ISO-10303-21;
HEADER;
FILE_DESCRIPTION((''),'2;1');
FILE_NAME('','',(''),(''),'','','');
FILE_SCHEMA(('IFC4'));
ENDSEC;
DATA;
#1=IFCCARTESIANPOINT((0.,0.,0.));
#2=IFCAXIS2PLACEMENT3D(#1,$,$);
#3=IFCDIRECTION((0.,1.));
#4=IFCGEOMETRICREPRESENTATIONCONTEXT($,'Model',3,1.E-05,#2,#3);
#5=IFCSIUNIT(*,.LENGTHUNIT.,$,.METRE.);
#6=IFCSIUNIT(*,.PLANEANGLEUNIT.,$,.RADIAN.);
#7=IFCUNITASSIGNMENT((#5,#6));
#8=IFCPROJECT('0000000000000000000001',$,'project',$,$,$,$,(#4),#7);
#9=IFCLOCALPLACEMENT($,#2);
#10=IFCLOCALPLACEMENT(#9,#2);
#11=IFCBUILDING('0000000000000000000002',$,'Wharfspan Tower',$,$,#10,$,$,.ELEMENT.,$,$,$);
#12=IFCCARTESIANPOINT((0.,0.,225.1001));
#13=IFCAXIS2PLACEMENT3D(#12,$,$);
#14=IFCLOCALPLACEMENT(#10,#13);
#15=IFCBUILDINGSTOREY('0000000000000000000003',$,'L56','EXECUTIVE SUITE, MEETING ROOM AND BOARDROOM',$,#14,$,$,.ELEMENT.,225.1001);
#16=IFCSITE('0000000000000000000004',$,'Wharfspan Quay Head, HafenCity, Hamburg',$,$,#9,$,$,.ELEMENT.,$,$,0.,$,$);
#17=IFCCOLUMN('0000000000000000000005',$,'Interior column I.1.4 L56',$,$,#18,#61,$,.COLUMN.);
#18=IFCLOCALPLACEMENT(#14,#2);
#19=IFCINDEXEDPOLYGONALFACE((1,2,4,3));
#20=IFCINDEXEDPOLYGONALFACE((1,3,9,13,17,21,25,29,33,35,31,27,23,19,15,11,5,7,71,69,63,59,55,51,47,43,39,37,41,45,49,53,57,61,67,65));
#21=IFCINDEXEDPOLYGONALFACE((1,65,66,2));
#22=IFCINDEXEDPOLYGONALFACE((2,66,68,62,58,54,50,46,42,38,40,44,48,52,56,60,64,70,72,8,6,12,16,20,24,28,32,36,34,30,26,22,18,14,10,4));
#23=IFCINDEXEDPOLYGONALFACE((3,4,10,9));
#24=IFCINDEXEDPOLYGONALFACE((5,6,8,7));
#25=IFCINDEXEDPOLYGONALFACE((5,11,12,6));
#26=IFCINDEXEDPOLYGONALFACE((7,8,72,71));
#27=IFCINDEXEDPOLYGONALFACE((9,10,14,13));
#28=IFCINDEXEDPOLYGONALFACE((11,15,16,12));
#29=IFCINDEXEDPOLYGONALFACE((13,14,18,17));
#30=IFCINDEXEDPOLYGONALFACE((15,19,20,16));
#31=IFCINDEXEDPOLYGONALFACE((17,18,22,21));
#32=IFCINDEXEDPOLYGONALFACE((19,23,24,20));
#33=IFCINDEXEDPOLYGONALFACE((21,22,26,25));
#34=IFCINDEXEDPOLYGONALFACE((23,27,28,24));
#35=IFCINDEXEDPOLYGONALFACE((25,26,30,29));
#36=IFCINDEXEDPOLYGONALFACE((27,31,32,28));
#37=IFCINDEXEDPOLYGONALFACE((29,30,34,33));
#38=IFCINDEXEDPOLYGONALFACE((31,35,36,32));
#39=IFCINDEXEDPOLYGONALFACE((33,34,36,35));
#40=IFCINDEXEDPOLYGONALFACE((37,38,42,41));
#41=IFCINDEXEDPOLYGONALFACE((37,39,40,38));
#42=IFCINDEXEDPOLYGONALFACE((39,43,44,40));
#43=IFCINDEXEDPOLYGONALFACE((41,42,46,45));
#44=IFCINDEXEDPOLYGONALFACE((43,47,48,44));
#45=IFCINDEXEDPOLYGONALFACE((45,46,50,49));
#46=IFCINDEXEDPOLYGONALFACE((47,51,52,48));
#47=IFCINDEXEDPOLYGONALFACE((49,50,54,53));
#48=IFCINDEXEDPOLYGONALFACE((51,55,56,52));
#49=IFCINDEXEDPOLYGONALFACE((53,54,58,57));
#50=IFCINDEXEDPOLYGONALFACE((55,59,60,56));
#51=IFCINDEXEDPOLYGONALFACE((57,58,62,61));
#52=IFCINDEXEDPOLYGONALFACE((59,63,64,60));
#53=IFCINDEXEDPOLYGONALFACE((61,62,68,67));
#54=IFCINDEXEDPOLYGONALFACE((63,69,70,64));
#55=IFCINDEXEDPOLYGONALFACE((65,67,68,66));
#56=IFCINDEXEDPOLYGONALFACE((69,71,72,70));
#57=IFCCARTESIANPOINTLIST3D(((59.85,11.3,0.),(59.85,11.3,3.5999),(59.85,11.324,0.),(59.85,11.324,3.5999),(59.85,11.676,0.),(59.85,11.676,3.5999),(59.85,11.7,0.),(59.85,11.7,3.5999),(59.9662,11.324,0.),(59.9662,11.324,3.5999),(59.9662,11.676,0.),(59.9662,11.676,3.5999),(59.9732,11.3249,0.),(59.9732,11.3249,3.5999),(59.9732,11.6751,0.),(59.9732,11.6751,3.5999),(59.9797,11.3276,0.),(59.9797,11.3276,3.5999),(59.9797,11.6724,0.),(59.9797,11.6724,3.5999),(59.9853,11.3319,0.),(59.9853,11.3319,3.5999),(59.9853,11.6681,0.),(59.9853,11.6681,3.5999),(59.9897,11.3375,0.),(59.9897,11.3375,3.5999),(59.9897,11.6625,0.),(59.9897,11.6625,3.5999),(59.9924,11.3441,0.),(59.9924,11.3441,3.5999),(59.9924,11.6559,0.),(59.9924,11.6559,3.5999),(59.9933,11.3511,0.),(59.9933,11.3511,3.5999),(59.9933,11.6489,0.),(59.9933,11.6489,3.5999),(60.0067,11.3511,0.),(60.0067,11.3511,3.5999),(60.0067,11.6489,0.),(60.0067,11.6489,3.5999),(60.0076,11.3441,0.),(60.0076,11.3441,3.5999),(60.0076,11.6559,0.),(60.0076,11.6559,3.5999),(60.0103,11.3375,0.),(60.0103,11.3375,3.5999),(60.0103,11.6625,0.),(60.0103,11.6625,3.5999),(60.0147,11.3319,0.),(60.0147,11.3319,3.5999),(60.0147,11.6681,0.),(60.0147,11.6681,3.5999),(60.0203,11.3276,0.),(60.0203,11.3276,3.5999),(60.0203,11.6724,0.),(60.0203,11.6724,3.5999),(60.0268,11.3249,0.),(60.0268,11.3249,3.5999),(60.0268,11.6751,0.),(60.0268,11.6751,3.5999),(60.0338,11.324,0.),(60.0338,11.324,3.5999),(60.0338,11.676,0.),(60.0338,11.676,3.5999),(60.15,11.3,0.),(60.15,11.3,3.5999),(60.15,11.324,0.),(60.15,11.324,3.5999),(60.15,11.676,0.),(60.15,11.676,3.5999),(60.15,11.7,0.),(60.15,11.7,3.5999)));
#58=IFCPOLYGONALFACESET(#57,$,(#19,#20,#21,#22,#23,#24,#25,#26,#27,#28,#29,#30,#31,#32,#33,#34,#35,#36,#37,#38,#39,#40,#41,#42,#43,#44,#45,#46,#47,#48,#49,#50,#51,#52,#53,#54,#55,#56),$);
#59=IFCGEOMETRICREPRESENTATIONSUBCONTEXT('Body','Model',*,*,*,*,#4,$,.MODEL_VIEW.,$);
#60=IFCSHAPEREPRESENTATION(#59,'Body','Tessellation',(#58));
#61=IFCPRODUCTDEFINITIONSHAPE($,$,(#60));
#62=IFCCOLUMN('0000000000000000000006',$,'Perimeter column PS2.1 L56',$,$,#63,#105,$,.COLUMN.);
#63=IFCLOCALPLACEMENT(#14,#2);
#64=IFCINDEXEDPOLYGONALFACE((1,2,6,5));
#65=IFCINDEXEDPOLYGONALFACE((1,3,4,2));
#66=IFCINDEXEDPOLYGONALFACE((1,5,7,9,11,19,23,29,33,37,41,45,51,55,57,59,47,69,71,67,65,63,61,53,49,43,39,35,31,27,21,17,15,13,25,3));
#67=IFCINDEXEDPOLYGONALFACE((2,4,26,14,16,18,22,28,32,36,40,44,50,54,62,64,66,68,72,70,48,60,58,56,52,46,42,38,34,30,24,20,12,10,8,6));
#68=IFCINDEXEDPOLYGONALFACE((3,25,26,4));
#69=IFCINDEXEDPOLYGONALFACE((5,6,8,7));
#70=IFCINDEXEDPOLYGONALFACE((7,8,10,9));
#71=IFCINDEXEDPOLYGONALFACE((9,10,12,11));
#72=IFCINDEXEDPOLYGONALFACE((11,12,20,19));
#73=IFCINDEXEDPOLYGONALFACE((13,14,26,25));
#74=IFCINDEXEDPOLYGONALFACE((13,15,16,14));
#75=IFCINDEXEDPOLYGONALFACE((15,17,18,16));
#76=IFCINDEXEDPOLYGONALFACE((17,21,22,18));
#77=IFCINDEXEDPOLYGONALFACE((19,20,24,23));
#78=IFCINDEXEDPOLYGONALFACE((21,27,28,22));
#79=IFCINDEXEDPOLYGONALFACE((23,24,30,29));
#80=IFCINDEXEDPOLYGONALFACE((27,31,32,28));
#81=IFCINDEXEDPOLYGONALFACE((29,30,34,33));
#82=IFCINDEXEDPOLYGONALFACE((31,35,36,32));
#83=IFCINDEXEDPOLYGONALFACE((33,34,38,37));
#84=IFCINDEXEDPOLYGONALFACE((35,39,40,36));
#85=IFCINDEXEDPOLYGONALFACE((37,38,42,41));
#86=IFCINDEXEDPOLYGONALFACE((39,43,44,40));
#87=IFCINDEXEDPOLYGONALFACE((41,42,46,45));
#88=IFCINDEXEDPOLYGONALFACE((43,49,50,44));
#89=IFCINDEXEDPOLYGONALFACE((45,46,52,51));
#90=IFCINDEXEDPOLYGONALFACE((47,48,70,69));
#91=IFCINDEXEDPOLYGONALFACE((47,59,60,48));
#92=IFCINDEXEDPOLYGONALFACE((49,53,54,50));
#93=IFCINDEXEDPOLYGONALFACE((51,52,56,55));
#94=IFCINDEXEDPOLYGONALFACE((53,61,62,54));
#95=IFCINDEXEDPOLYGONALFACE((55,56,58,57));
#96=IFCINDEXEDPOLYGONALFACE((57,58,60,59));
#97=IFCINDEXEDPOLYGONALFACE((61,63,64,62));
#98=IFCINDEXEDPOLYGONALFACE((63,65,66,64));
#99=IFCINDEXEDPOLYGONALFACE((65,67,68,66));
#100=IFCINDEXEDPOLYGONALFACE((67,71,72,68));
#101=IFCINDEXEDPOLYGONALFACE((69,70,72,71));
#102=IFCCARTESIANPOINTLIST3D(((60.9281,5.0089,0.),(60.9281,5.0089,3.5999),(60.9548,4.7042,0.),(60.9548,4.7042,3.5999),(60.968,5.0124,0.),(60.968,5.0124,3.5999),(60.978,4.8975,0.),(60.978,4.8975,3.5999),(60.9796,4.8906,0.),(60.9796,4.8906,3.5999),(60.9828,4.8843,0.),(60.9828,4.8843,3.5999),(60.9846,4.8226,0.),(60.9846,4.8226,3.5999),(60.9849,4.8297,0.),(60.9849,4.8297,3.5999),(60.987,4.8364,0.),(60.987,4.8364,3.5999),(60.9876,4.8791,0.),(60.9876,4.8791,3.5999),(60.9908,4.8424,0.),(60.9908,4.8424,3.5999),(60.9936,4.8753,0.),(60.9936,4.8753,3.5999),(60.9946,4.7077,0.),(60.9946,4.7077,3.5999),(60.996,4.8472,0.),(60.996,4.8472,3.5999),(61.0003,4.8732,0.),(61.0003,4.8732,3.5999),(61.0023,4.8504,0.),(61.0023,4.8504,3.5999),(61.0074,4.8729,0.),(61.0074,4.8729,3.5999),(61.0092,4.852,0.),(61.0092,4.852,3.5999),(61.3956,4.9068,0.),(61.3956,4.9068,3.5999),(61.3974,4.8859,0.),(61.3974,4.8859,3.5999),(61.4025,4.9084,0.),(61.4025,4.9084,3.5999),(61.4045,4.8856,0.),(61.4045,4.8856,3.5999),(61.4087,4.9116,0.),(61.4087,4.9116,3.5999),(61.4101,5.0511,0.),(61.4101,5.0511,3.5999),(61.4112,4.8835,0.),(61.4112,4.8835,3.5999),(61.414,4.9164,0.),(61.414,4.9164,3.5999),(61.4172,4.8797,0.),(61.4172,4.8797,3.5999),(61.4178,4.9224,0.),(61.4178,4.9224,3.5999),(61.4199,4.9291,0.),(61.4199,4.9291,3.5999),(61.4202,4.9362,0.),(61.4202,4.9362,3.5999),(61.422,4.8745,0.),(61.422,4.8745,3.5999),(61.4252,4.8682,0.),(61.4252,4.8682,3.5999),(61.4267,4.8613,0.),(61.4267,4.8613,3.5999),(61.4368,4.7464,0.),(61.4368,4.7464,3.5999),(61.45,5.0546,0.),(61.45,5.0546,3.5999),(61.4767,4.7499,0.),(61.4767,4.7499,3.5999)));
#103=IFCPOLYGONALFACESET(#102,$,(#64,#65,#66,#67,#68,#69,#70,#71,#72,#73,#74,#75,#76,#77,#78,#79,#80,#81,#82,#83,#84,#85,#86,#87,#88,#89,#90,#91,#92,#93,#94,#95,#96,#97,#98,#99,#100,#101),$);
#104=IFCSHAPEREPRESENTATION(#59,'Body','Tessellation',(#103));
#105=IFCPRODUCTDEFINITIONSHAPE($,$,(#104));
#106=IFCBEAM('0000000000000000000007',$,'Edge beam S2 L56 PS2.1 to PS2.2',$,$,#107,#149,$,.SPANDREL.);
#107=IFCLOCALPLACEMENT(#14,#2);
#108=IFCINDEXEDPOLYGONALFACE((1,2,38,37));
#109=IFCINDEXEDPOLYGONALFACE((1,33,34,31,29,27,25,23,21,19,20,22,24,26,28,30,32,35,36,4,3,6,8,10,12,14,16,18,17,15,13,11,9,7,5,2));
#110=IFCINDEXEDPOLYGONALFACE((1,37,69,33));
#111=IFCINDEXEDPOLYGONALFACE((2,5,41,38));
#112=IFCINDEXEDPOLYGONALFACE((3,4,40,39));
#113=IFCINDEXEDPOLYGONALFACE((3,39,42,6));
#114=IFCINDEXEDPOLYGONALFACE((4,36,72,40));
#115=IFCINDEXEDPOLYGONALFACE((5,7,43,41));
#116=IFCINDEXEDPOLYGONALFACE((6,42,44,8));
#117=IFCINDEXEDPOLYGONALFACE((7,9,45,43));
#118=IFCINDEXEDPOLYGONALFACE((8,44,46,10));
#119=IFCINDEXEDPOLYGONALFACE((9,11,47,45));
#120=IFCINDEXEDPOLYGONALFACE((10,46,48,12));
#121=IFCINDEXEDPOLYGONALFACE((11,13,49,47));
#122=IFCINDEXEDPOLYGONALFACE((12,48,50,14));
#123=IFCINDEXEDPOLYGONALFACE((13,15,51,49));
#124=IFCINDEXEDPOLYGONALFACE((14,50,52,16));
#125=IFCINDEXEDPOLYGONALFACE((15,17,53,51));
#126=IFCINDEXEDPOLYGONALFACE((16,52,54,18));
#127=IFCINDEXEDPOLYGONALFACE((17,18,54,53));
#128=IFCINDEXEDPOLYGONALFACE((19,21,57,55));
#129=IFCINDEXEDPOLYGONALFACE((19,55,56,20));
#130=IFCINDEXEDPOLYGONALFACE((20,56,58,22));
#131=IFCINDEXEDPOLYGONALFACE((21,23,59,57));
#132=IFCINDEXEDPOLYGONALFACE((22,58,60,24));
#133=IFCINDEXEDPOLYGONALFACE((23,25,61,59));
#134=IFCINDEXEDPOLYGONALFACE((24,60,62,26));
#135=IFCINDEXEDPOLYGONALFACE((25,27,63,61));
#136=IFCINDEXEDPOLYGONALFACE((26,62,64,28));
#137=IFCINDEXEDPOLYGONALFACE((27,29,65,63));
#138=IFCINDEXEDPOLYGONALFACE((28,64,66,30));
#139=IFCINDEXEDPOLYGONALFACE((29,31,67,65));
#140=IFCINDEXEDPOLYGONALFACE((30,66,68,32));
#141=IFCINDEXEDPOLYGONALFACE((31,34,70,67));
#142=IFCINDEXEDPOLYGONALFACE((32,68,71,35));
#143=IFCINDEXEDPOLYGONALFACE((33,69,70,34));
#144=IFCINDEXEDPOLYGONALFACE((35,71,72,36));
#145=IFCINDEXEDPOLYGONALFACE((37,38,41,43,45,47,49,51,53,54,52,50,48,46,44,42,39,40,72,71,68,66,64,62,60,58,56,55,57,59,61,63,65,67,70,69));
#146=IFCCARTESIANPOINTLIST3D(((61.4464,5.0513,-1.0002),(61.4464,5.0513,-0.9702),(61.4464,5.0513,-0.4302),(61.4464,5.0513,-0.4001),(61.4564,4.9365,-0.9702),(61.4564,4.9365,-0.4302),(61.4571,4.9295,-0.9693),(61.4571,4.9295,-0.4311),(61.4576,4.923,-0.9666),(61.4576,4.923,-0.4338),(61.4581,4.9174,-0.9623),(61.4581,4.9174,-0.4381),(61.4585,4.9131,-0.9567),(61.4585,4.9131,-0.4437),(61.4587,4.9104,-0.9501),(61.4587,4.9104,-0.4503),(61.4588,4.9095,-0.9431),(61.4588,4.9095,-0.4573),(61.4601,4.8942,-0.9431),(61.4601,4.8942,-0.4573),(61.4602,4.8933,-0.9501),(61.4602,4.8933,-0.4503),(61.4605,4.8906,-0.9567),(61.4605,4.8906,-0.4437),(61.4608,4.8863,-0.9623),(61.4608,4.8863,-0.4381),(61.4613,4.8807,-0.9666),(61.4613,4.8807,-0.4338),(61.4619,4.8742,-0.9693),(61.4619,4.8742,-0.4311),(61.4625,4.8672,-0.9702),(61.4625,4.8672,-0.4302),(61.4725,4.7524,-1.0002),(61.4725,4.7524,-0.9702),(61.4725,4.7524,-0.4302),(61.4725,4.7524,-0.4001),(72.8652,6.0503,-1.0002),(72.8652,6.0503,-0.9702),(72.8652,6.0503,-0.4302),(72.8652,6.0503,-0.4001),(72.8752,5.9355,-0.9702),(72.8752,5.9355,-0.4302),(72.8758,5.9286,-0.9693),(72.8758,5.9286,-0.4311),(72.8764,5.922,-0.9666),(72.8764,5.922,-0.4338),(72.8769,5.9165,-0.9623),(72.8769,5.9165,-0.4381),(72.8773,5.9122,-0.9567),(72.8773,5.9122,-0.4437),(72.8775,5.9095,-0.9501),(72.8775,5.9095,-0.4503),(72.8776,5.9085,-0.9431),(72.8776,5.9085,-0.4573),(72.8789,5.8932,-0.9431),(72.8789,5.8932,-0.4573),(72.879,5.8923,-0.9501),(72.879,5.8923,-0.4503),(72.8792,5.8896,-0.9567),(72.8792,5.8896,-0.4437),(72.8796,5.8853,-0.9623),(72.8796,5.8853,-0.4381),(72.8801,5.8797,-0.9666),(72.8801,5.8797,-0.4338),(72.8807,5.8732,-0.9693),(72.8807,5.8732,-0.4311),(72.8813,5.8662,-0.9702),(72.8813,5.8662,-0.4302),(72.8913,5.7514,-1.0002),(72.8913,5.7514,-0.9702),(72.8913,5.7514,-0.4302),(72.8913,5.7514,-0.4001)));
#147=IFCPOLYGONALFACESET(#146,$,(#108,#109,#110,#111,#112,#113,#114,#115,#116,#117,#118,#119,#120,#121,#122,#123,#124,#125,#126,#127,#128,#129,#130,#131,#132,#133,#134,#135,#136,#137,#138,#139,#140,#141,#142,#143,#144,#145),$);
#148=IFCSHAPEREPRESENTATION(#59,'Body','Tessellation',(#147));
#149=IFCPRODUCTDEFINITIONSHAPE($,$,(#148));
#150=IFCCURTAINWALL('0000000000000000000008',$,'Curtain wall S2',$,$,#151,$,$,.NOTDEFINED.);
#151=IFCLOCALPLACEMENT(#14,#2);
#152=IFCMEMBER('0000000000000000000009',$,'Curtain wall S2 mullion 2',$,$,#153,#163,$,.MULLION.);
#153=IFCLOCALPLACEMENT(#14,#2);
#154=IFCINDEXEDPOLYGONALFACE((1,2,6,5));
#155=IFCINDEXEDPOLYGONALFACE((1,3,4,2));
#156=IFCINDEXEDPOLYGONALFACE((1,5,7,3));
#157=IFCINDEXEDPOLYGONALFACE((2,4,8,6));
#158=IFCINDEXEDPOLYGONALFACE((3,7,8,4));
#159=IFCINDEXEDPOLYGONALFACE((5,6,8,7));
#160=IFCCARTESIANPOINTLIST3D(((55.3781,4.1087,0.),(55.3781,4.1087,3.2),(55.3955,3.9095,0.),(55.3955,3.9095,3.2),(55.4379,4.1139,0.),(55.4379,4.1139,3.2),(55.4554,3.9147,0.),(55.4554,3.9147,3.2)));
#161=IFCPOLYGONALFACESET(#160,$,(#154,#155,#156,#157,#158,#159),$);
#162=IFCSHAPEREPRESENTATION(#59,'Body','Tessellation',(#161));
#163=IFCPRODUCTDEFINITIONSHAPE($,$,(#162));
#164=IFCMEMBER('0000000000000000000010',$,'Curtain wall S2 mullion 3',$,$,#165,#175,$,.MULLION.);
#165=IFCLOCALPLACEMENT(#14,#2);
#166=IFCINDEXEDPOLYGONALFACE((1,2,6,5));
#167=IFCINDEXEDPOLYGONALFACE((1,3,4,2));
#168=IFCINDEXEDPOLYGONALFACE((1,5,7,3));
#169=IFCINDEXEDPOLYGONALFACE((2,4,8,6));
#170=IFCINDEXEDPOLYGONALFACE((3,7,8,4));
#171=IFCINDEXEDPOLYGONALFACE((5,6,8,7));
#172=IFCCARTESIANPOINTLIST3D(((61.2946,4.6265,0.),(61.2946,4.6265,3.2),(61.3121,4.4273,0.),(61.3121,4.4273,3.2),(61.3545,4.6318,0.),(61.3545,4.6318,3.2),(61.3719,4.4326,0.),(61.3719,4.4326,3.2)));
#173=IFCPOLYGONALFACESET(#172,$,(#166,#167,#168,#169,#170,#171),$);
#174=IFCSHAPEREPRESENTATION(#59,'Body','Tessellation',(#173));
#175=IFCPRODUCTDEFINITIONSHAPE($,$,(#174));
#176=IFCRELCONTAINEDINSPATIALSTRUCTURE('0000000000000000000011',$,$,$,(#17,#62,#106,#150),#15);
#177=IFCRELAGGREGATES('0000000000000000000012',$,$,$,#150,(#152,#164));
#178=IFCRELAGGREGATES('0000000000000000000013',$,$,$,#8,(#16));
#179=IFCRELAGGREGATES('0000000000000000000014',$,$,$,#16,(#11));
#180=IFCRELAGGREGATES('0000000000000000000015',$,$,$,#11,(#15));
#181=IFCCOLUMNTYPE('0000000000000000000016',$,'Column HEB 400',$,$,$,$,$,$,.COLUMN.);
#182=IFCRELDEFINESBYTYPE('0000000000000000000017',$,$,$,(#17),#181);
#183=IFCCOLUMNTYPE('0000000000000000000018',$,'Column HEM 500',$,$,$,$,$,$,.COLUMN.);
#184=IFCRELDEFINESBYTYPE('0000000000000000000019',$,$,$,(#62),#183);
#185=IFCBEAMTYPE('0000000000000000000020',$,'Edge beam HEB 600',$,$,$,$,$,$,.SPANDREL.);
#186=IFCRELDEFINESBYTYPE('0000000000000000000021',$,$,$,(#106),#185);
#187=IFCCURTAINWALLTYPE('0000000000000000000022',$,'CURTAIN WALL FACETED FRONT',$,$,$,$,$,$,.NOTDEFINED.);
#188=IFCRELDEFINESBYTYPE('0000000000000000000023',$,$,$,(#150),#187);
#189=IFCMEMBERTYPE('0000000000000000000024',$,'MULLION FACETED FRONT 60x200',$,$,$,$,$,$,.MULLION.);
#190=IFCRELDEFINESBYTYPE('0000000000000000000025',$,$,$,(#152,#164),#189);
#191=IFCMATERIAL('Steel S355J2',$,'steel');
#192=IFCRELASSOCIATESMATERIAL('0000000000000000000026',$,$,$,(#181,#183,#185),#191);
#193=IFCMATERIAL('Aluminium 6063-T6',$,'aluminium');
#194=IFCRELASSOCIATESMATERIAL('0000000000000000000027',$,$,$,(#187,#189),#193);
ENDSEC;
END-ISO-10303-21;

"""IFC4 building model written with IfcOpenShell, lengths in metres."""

from ifc_helpers import new_model, si_unit, direction, frame, origin, origin_2d, place, context, subcontext, project, spatial, rectangle, i_section, extrude, material, material_profile, profile_set, type_object, element, aggregate, save


model = new_model("IFC4")

# Units and contexts
model_context = context("Model", 3, precision=1e-05, world=origin(), true_north=direction((0.0, 1.0)))
body_context = subcontext(model_context, "Body", "Model", "MODEL_VIEW")
ifc_project = project(units=[si_unit("LENGTHUNIT", "METRE"), si_unit("PLANEANGLEUNIT", "RADIAN")], contexts=[model_context])

# Site, building, storey
site_placement = place(None, origin())
site = spatial("IfcSite", under=ifc_project, at=site_placement, Name="Wharfspan Quay Head, HafenCity, Hamburg", CompositionType="ELEMENT", RefElevation=0.0)
building_placement = place(site_placement, origin())
building = spatial("IfcBuilding", under=site, at=building_placement, Name="Wharfspan Tower", CompositionType="ELEMENT")
storey_placement = place(building_placement, frame((0.0, 0.0, 225.1001)))
storey = spatial("IfcBuildingStorey", under=building, at=storey_placement, Name="L56", Description="EXECUTIVE SUITE, MEETING ROOM AND BOARDROOM", CompositionType="ELEMENT", Elevation=225.1001)

# Columns
ifc_material_1 = material(Name="Steel S355J2", Category="steel")
ifc_material_profile_1 = material_profile(ifc_material_1, i_section(OverallWidth=0.3, OverallDepth=0.3999, WebThickness=0.0134, FlangeThickness=0.0239, FilletRadius=0.0271, at=origin_2d()))
ifc_profile_set_1 = profile_set([ifc_material_profile_1], Name="Steel S355J2")
column_type_1 = type_object("IfcColumnType", Name="Column HEB 400", PredefinedType="COLUMN", material=ifc_profile_set_1)
column_1_placement = place(storey_placement, frame((60.0, 11.5, 0.0), z_axis=(0.0, 0.0, 1.0), x_axis=(1.0, 0.0, 0.0)))
element("IfcColumn", 1, at=column_1_placement, inside=storey, type_object=column_type_1, Name="Interior column I.1.4 L56", PredefinedType="COLUMN", context=body_context, shape_type="SweptSolid", body=[
    extrude(i_section(OverallWidth=0.3, OverallDepth=0.3999, WebThickness=0.0134, FlangeThickness=0.0239, FilletRadius=0.0271, at=origin_2d()), origin(), (0.0, 0.0, 1.0), 3.5999),
])
ifc_material_profile_2 = material_profile(ifc_material_1, i_section(OverallWidth=0.3059, OverallDepth=0.5239, WebThickness=0.021, FlangeThickness=0.04, FilletRadius=0.0271, at=origin_2d()))
ifc_profile_set_2 = profile_set([ifc_material_profile_2], Name="Steel S355J2")
column_type_2 = type_object("IfcColumnType", Name="Column HEM 500", PredefinedType="COLUMN", material=ifc_profile_set_2)
column_2_placement = place(storey_placement, frame((61.2024, 4.8794, 0.0), z_axis=(0.0, 0.0, 1.0), x_axis=(0.087156, -0.996197, 0.0)))
element("IfcColumn", 2, at=column_2_placement, inside=storey, type_object=column_type_2, Name="Perimeter column PS2.1 L56", PredefinedType="COLUMN", context=body_context, shape_type="SweptSolid", body=[
    extrude(i_section(OverallWidth=0.3059, OverallDepth=0.5239, WebThickness=0.021, FlangeThickness=0.04, FilletRadius=0.0271, at=origin_2d()), origin(), (0.0, 0.0, 1.0), 3.5999),
])

# Beam
ifc_material_profile_3 = material_profile(ifc_material_1, i_section(OverallWidth=0.3, OverallDepth=0.6001, WebThickness=0.0154, FlangeThickness=0.03, FilletRadius=0.0271, at=origin_2d()))
ifc_profile_set_3 = profile_set([ifc_material_profile_3], Name="Steel S355J2")
beam_type = type_object("IfcBeamType", Name="Edge beam HEB 600", PredefinedType="SPANDREL", material=ifc_profile_set_3)
beam_placement = place(storey_placement, frame((61.4595, 4.9019, -0.7002), z_axis=(0.996195, 0.087157, 0.0), x_axis=(-0.087157, 0.996195, 0.0)))
element("IfcBeam", 3, at=beam_placement, inside=storey, type_object=beam_type, Name="Edge beam S2 L56 PS2.1 to PS2.2", PredefinedType="SPANDREL", context=body_context, shape_type="SweptSolid", body=[
    extrude(i_section(OverallWidth=0.3, OverallDepth=0.6001, WebThickness=0.0154, FlangeThickness=0.03, FilletRadius=0.0271, at=origin_2d()), origin(), (0.0, 0.0, 1.0), 11.4624),
])

# Curtain wall, members
ifc_material_2 = material(Name="Aluminium 6063-T6", Category="aluminium")
curtain_wall_type = type_object("IfcCurtainWallType", Name="CURTAIN WALL FACETED FRONT", PredefinedType="NOTDEFINED", material=ifc_material_2)
curtain_wall_placement = place(storey_placement, origin())
curtain_wall = element("IfcCurtainWall", 4, at=curtain_wall_placement, inside=storey, type_object=curtain_wall_type, Name="Curtain wall S2", PredefinedType="NOTDEFINED")
ifc_material_profile_4 = material_profile(ifc_material_2, rectangle(XDim=0.2, YDim=0.0601, at=origin_2d()))
ifc_profile_set_4 = profile_set([ifc_material_profile_4], Name="Aluminium 6063-T6")
member_type_1 = type_object("IfcMemberType", Name="MULLION FACETED FRONT 60x200", PredefinedType="MULLION", material=ifc_profile_set_4)
member_1_placement = place(storey_placement, frame((55.4167, 4.0117, 0.0), z_axis=(0.0, 0.0, 1.0), x_axis=(-0.087156, 0.996197, 0.0)))
member_1 = element("IfcMember", 5, at=member_1_placement, type_object=member_type_1, Name="Curtain wall S2 mullion 2", PredefinedType="MULLION", context=body_context, shape_type="SweptSolid", body=[
    extrude(rectangle(XDim=0.2, YDim=0.0601, at=origin_2d()), origin(), (0.0, 0.0, 1.0), 3.2),
])
member_2_placement = place(storey_placement, frame((61.3333, 4.5295, 0.0), z_axis=(0.0, 0.0, 1.0), x_axis=(-0.087156, 0.996197, 0.0)))
member_2 = element("IfcMember", 6, at=member_2_placement, type_object=member_type_1, Name="Curtain wall S2 mullion 3", PredefinedType="MULLION", context=body_context, shape_type="SweptSolid", body=[
    extrude(rectangle(XDim=0.2, YDim=0.0601, at=origin_2d()), origin(), (0.0, 0.0, 1.0), 3.2),
])

aggregate(curtain_wall, [member_1, member_2])

save(model, "model.ifc")
